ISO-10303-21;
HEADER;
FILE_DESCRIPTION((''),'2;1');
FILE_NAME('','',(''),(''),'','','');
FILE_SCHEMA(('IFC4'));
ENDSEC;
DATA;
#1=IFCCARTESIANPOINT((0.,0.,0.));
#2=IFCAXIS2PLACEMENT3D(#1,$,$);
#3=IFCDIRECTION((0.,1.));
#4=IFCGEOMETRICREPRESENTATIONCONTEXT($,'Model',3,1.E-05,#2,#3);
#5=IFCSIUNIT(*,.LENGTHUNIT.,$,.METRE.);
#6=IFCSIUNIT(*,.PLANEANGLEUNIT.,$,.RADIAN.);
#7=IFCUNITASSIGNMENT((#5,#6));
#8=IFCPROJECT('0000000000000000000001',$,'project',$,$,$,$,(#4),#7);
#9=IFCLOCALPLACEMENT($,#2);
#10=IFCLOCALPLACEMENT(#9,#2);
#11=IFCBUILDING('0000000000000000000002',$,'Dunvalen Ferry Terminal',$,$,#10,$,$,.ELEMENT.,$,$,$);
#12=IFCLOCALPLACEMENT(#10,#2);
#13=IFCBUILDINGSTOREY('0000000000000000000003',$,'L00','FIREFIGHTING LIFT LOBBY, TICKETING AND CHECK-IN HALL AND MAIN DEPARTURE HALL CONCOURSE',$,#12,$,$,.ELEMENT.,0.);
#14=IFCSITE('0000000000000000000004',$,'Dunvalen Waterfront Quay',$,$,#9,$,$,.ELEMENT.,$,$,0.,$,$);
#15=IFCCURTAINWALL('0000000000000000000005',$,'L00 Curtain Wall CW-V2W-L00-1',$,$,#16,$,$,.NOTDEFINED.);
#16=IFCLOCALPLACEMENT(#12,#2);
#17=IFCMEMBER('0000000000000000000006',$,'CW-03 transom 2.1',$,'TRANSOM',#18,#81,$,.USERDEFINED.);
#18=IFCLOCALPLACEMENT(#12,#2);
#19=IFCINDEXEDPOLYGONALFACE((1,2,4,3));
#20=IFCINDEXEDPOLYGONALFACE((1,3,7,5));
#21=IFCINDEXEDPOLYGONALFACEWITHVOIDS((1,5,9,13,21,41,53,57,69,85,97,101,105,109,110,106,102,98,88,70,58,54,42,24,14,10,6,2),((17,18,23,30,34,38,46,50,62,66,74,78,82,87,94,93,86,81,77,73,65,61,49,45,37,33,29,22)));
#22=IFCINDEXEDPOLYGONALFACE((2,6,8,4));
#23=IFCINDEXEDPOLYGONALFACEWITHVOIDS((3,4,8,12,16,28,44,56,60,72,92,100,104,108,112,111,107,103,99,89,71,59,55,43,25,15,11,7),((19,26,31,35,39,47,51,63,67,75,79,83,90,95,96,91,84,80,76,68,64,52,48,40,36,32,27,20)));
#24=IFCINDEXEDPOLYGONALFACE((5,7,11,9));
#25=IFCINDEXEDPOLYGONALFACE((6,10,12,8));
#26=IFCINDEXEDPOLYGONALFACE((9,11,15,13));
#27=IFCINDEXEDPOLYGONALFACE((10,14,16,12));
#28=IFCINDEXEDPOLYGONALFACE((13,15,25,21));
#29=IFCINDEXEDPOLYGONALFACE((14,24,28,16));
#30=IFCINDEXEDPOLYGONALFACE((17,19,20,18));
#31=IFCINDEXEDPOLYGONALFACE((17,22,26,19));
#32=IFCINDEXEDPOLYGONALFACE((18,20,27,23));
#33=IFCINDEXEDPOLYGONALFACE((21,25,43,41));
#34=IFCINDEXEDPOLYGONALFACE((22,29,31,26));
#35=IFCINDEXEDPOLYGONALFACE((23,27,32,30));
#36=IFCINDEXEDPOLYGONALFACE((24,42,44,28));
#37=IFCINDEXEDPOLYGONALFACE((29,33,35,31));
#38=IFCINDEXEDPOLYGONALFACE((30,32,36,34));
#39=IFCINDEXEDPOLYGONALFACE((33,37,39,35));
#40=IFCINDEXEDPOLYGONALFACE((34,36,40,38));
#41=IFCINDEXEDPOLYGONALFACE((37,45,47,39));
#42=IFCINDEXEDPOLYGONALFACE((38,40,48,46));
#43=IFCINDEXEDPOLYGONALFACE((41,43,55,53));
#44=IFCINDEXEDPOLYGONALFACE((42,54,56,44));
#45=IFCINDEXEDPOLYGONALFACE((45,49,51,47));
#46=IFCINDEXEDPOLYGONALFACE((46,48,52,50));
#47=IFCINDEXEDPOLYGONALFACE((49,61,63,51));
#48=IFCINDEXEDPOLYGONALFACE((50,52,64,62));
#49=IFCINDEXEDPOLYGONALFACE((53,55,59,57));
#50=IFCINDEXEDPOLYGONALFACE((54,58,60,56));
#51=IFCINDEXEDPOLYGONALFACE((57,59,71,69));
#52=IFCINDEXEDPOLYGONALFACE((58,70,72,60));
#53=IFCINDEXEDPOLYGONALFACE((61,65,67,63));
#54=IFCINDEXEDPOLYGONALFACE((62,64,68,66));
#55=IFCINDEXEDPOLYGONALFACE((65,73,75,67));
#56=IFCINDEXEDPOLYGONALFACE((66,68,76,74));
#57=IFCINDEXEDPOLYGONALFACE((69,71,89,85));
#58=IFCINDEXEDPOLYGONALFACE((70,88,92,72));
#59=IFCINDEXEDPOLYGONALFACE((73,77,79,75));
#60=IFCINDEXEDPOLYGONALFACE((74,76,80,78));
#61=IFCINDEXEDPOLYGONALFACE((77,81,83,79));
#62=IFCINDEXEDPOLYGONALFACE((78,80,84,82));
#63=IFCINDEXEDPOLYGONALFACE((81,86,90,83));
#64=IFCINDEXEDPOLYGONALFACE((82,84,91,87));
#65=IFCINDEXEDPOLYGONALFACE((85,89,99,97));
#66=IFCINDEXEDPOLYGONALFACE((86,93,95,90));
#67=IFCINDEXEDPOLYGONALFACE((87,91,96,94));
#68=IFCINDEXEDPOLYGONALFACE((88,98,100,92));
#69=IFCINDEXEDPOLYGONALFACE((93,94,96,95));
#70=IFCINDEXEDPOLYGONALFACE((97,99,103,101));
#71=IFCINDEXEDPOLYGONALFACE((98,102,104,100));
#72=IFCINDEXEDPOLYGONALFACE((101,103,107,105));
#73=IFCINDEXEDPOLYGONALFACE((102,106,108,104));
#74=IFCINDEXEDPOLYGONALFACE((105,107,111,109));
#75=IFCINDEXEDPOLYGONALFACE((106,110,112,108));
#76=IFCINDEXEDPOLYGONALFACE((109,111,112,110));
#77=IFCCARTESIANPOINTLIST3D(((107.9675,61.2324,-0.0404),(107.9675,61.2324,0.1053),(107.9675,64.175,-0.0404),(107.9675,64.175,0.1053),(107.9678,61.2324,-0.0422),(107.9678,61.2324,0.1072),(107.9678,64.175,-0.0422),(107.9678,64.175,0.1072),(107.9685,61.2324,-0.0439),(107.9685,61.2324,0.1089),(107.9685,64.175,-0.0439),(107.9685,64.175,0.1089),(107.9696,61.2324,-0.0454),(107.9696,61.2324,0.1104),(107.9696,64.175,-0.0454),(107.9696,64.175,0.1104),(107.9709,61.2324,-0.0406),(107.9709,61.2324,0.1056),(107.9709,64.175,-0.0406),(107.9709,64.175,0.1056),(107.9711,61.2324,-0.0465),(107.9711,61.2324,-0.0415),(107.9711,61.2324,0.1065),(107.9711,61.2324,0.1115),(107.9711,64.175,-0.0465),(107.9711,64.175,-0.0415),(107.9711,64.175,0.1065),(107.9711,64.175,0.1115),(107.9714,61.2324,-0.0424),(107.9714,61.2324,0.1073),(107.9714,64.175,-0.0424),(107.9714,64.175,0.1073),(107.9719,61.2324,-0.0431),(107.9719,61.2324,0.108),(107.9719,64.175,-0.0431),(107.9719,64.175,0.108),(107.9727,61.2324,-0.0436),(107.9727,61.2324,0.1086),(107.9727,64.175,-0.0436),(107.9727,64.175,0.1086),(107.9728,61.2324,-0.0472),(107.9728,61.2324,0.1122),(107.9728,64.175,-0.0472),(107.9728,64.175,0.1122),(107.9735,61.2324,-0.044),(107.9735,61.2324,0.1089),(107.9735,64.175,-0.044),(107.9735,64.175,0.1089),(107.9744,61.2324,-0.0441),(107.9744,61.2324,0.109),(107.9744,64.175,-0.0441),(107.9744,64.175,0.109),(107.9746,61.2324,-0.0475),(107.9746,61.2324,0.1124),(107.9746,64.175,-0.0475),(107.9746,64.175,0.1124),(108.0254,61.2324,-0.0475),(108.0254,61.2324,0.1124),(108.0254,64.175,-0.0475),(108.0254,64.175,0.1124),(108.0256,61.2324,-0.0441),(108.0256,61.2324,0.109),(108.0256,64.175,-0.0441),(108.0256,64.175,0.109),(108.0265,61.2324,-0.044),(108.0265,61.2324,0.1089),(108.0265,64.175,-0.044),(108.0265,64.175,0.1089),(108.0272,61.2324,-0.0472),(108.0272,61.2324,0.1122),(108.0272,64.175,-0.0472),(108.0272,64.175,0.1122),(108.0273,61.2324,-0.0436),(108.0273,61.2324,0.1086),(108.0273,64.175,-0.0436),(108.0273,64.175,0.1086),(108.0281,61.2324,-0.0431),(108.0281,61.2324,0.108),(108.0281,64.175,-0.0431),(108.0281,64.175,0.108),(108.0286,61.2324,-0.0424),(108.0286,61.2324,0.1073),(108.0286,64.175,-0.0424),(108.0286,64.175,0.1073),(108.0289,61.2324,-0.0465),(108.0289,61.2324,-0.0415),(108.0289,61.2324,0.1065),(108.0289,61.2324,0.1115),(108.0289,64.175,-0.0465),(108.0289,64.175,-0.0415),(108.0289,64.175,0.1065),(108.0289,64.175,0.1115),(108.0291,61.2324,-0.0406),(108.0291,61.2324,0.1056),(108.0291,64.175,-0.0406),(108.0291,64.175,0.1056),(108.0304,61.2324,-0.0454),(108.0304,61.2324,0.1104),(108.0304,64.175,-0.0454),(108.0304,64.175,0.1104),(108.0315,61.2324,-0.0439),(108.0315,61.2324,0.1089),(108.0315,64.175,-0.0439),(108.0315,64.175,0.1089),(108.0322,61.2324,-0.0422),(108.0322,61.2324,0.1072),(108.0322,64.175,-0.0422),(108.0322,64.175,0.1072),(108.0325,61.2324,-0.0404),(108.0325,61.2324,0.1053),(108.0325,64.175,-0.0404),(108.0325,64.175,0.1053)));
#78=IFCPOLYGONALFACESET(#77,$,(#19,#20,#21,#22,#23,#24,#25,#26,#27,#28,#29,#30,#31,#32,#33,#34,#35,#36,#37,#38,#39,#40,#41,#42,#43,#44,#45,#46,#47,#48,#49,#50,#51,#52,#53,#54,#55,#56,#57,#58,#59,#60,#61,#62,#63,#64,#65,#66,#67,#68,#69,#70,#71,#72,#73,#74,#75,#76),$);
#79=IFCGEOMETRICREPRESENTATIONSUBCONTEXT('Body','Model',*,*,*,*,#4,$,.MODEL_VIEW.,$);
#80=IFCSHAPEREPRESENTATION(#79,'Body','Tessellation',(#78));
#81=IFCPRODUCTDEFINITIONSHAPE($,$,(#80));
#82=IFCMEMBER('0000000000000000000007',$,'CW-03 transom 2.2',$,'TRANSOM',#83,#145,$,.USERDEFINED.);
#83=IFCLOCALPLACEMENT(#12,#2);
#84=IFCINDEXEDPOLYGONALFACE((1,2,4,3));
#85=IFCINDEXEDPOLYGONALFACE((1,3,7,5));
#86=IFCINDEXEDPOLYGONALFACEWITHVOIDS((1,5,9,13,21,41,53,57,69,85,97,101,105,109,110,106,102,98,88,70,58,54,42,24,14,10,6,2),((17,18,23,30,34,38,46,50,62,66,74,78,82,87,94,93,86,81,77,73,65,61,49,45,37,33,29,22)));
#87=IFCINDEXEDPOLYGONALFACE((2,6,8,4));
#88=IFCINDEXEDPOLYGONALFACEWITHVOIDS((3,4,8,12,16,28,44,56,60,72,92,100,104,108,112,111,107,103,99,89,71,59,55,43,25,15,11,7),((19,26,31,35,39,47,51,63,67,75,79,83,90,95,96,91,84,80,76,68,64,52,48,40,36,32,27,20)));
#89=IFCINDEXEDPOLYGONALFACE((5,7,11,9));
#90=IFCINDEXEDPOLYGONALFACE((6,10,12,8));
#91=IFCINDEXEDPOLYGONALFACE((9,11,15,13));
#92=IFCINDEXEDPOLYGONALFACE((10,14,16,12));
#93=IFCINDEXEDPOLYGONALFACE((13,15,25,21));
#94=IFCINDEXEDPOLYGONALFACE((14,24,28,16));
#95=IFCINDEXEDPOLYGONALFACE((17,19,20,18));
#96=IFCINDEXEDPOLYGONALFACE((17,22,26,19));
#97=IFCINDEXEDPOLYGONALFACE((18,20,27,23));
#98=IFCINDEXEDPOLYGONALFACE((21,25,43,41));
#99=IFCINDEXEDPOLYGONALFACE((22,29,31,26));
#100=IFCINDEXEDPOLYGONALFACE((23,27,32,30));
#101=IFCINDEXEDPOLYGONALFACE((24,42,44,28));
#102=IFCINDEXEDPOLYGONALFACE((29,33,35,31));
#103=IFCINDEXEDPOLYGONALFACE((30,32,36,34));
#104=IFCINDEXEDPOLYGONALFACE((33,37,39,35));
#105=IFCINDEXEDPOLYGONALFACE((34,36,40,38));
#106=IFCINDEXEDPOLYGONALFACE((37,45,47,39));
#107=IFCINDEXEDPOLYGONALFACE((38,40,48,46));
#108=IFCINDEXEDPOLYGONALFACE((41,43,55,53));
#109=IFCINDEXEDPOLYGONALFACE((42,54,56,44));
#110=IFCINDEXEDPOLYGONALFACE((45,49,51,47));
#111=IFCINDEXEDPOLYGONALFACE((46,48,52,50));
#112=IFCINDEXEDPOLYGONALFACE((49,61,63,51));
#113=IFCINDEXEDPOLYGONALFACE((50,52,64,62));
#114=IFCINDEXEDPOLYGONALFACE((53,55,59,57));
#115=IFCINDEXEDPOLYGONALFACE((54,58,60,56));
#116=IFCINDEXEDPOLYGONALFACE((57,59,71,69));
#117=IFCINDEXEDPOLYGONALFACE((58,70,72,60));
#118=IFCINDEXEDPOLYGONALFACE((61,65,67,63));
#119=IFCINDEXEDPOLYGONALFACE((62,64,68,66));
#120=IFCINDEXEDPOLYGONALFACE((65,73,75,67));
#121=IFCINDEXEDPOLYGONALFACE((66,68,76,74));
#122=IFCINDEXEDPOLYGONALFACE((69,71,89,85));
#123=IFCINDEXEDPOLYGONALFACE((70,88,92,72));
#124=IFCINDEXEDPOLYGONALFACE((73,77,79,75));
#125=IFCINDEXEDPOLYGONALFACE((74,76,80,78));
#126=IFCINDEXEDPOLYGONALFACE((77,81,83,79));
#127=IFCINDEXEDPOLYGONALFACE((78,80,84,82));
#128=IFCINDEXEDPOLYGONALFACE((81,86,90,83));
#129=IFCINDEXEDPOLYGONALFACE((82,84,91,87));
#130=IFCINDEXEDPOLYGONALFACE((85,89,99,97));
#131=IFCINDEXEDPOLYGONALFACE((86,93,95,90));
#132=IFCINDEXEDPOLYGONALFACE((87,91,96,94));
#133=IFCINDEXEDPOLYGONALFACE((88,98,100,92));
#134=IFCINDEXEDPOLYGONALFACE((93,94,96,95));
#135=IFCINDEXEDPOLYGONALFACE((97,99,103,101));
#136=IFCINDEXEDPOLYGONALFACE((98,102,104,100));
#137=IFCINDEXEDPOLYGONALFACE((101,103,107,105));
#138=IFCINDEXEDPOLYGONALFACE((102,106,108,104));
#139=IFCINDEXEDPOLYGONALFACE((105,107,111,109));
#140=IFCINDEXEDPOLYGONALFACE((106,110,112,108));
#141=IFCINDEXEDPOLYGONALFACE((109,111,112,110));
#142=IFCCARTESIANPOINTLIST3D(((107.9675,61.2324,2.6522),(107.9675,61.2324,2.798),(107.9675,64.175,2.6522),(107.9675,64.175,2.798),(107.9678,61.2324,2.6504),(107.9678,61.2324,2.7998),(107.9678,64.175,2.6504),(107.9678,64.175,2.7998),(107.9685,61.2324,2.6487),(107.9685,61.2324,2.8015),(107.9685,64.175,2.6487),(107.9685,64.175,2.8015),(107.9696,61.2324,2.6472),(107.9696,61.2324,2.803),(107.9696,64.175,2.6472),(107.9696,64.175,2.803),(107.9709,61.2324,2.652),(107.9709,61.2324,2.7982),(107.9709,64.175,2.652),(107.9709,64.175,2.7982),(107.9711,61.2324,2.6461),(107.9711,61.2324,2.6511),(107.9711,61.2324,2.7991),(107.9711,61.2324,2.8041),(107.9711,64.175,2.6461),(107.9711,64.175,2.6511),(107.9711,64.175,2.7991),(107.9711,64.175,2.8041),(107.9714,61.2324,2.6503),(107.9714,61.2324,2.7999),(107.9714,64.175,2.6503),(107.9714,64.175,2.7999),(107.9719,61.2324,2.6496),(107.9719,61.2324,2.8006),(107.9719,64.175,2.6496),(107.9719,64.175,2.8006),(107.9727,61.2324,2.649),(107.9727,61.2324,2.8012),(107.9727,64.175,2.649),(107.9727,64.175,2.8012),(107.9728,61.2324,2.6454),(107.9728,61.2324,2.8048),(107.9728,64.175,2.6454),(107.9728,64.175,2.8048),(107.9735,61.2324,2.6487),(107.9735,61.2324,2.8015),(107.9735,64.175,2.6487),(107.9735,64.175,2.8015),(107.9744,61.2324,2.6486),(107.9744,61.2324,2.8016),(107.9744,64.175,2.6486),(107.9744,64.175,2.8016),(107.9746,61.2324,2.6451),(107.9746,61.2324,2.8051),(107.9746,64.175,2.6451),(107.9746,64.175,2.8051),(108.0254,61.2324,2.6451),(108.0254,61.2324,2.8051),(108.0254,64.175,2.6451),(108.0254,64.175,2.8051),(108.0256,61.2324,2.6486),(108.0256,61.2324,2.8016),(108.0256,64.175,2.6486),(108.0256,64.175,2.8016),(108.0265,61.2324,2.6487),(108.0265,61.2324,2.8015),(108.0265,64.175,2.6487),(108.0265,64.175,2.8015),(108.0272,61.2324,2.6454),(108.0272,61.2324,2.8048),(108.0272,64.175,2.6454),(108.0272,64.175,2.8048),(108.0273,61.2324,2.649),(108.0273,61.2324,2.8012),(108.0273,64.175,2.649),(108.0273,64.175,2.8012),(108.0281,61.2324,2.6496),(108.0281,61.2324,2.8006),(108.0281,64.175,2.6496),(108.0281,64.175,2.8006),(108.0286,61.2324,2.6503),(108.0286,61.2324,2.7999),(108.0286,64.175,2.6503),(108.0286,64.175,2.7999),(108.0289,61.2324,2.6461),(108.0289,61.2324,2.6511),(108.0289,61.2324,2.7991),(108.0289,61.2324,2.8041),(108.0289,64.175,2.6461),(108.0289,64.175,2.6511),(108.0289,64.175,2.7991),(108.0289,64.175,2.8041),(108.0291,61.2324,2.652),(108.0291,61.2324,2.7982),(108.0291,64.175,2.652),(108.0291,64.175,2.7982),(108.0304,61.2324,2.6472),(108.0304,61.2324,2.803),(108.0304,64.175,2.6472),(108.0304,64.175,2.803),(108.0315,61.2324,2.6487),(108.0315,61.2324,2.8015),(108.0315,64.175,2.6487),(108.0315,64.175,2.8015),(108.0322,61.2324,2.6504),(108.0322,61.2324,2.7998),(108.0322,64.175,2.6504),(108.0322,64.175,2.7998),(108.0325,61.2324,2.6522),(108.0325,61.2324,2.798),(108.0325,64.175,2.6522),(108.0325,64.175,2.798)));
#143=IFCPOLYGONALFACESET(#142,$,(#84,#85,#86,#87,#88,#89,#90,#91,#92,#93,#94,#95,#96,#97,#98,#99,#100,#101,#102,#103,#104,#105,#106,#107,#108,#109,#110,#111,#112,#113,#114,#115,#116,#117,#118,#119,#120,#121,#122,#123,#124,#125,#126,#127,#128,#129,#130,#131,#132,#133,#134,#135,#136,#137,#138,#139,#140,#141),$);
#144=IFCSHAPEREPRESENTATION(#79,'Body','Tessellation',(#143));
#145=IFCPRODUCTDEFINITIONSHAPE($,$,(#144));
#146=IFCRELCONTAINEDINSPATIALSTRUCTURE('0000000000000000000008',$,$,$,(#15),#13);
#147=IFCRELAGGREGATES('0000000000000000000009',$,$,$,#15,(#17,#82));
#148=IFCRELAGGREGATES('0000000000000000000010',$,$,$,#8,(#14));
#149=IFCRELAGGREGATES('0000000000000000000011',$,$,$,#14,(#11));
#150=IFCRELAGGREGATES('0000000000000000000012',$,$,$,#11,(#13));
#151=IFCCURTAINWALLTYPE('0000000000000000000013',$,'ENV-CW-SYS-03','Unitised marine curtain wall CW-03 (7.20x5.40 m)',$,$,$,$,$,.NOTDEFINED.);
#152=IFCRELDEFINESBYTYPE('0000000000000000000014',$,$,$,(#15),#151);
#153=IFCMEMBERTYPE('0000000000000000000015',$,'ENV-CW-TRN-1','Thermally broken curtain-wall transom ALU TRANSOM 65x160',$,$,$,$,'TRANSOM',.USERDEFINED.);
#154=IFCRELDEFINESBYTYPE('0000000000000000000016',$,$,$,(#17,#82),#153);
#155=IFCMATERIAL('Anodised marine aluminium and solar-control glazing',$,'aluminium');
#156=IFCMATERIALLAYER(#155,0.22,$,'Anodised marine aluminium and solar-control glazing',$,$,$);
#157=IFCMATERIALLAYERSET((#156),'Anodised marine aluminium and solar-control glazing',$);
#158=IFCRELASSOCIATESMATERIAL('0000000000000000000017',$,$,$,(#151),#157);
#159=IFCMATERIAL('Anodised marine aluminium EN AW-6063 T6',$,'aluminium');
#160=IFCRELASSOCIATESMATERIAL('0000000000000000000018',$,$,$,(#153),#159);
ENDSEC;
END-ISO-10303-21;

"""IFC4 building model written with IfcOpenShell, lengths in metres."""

from ifc_helpers import new_model, si_unit, direction, frame, origin, origin_2d, place, context, subcontext, project, spatial, hollow_rectangle, extrude, material, layer, layer_set, material_profile, profile_set, type_object, element, aggregate, save


model = new_model("IFC4")

# Units and contexts
model_context = context("Model", 3, precision=1e-05, world=origin(), true_north=direction((0.0, 1.0)))
body_context = subcontext(model_context, "Body", "Model", "MODEL_VIEW")
ifc_project = project(units=[si_unit("LENGTHUNIT", "METRE"), si_unit("PLANEANGLEUNIT", "RADIAN")], contexts=[model_context])

# Site, building, storey
site_placement = place(None, origin())
site = spatial("IfcSite", under=ifc_project, at=site_placement, Name="Dunvalen Waterfront Quay", CompositionType="ELEMENT", RefElevation=0.0)
building_placement = place(site_placement, origin())
building = spatial("IfcBuilding", under=site, at=building_placement, Name="Dunvalen Ferry Terminal", CompositionType="ELEMENT")
storey_placement = place(building_placement, origin())
storey = spatial("IfcBuildingStorey", under=building, at=storey_placement, Name="L00", Description="FIREFIGHTING LIFT LOBBY, TICKETING AND CHECK-IN HALL AND MAIN DEPARTURE HALL CONCOURSE", CompositionType="ELEMENT", Elevation=0.0)

# Shared definitions
ifc_material_1 = material(Name="Anodised marine aluminium and solar-control glazing", Category="aluminium")
ifc_material_2 = material(Name="Anodised marine aluminium EN AW-6063 T6", Category="aluminium")

# Curtain wall
ifc_layer_1 = layer(ifc_material_1, 0.22, Name="Anodised marine aluminium and solar-control glazing")
ifc_layer_set_1 = layer_set([ifc_layer_1], Name="Anodised marine aluminium and solar-control glazing")
curtain_wall_type_1 = type_object("IfcCurtainWallType", Name="ENV-CW-SYS-03", Description="Unitised marine curtain wall CW-03 (7.20x5.40 m)", PredefinedType="NOTDEFINED", material=ifc_layer_set_1)
curtain_wall_1_placement = place(storey_placement, origin())
curtain_wall_1 = element("IfcCurtainWall", 1, at=curtain_wall_1_placement, inside=storey, type_object=curtain_wall_type_1, Name="L00 Curtain Wall CW-V2W-L00-1", PredefinedType="NOTDEFINED")

# Members
ifc_material_profile_1 = material_profile(ifc_material_2, hollow_rectangle(XDim=0.0649, YDim=0.1599, WallThickness=0.0034, InnerFilletRadius=0.0034, OuterFilletRadius=0.0071, at=origin_2d()), Name="Anodised marine aluminium EN AW-6063 T6")
ifc_profile_set_1 = profile_set([ifc_material_profile_1], Name="Anodised marine aluminium EN AW-6063 T6")
member_type_1 = type_object("IfcMemberType", Name="ENV-CW-TRN-1", Description="Thermally broken curtain-wall transom ALU TRANSOM 65x160", ElementType="TRANSOM", PredefinedType="USERDEFINED", material=ifc_profile_set_1)
member_1_placement = place(storey_placement, frame((108.0, 61.2324, 0.0325), z_axis=(0.0, 1.0, 0.0), x_axis=(-1.0, 0.0, 0.0)))
member_1 = element("IfcMember", 2, at=member_1_placement, type_object=member_type_1, Name="CW-03 transom 2.1", ObjectType="TRANSOM", PredefinedType="USERDEFINED", context=body_context, shape_type="SweptSolid", body=[
    extrude(hollow_rectangle(XDim=0.0649, YDim=0.1599, WallThickness=0.0034, InnerFilletRadius=0.0034, OuterFilletRadius=0.0071, at=origin_2d()), origin(), (0.0, 0.0, 1.0), 2.9426),
])
member_2_placement = place(storey_placement, frame((108.0, 61.2324, 2.7251), z_axis=(0.0, 1.0, 0.0), x_axis=(-1.0, 0.0, 0.0)))
member_2 = element("IfcMember", 3, at=member_2_placement, type_object=member_type_1, Name="CW-03 transom 2.2", ObjectType="TRANSOM", PredefinedType="USERDEFINED", context=body_context, shape_type="SweptSolid", body=[
    extrude(hollow_rectangle(XDim=0.0649, YDim=0.1599, WallThickness=0.0034, InnerFilletRadius=0.0034, OuterFilletRadius=0.0071, at=origin_2d()), origin(), (0.0, 0.0, 1.0), 2.9426),
])

aggregate(curtain_wall_1, [member_1, member_2])

save(model, "model.ifc")
